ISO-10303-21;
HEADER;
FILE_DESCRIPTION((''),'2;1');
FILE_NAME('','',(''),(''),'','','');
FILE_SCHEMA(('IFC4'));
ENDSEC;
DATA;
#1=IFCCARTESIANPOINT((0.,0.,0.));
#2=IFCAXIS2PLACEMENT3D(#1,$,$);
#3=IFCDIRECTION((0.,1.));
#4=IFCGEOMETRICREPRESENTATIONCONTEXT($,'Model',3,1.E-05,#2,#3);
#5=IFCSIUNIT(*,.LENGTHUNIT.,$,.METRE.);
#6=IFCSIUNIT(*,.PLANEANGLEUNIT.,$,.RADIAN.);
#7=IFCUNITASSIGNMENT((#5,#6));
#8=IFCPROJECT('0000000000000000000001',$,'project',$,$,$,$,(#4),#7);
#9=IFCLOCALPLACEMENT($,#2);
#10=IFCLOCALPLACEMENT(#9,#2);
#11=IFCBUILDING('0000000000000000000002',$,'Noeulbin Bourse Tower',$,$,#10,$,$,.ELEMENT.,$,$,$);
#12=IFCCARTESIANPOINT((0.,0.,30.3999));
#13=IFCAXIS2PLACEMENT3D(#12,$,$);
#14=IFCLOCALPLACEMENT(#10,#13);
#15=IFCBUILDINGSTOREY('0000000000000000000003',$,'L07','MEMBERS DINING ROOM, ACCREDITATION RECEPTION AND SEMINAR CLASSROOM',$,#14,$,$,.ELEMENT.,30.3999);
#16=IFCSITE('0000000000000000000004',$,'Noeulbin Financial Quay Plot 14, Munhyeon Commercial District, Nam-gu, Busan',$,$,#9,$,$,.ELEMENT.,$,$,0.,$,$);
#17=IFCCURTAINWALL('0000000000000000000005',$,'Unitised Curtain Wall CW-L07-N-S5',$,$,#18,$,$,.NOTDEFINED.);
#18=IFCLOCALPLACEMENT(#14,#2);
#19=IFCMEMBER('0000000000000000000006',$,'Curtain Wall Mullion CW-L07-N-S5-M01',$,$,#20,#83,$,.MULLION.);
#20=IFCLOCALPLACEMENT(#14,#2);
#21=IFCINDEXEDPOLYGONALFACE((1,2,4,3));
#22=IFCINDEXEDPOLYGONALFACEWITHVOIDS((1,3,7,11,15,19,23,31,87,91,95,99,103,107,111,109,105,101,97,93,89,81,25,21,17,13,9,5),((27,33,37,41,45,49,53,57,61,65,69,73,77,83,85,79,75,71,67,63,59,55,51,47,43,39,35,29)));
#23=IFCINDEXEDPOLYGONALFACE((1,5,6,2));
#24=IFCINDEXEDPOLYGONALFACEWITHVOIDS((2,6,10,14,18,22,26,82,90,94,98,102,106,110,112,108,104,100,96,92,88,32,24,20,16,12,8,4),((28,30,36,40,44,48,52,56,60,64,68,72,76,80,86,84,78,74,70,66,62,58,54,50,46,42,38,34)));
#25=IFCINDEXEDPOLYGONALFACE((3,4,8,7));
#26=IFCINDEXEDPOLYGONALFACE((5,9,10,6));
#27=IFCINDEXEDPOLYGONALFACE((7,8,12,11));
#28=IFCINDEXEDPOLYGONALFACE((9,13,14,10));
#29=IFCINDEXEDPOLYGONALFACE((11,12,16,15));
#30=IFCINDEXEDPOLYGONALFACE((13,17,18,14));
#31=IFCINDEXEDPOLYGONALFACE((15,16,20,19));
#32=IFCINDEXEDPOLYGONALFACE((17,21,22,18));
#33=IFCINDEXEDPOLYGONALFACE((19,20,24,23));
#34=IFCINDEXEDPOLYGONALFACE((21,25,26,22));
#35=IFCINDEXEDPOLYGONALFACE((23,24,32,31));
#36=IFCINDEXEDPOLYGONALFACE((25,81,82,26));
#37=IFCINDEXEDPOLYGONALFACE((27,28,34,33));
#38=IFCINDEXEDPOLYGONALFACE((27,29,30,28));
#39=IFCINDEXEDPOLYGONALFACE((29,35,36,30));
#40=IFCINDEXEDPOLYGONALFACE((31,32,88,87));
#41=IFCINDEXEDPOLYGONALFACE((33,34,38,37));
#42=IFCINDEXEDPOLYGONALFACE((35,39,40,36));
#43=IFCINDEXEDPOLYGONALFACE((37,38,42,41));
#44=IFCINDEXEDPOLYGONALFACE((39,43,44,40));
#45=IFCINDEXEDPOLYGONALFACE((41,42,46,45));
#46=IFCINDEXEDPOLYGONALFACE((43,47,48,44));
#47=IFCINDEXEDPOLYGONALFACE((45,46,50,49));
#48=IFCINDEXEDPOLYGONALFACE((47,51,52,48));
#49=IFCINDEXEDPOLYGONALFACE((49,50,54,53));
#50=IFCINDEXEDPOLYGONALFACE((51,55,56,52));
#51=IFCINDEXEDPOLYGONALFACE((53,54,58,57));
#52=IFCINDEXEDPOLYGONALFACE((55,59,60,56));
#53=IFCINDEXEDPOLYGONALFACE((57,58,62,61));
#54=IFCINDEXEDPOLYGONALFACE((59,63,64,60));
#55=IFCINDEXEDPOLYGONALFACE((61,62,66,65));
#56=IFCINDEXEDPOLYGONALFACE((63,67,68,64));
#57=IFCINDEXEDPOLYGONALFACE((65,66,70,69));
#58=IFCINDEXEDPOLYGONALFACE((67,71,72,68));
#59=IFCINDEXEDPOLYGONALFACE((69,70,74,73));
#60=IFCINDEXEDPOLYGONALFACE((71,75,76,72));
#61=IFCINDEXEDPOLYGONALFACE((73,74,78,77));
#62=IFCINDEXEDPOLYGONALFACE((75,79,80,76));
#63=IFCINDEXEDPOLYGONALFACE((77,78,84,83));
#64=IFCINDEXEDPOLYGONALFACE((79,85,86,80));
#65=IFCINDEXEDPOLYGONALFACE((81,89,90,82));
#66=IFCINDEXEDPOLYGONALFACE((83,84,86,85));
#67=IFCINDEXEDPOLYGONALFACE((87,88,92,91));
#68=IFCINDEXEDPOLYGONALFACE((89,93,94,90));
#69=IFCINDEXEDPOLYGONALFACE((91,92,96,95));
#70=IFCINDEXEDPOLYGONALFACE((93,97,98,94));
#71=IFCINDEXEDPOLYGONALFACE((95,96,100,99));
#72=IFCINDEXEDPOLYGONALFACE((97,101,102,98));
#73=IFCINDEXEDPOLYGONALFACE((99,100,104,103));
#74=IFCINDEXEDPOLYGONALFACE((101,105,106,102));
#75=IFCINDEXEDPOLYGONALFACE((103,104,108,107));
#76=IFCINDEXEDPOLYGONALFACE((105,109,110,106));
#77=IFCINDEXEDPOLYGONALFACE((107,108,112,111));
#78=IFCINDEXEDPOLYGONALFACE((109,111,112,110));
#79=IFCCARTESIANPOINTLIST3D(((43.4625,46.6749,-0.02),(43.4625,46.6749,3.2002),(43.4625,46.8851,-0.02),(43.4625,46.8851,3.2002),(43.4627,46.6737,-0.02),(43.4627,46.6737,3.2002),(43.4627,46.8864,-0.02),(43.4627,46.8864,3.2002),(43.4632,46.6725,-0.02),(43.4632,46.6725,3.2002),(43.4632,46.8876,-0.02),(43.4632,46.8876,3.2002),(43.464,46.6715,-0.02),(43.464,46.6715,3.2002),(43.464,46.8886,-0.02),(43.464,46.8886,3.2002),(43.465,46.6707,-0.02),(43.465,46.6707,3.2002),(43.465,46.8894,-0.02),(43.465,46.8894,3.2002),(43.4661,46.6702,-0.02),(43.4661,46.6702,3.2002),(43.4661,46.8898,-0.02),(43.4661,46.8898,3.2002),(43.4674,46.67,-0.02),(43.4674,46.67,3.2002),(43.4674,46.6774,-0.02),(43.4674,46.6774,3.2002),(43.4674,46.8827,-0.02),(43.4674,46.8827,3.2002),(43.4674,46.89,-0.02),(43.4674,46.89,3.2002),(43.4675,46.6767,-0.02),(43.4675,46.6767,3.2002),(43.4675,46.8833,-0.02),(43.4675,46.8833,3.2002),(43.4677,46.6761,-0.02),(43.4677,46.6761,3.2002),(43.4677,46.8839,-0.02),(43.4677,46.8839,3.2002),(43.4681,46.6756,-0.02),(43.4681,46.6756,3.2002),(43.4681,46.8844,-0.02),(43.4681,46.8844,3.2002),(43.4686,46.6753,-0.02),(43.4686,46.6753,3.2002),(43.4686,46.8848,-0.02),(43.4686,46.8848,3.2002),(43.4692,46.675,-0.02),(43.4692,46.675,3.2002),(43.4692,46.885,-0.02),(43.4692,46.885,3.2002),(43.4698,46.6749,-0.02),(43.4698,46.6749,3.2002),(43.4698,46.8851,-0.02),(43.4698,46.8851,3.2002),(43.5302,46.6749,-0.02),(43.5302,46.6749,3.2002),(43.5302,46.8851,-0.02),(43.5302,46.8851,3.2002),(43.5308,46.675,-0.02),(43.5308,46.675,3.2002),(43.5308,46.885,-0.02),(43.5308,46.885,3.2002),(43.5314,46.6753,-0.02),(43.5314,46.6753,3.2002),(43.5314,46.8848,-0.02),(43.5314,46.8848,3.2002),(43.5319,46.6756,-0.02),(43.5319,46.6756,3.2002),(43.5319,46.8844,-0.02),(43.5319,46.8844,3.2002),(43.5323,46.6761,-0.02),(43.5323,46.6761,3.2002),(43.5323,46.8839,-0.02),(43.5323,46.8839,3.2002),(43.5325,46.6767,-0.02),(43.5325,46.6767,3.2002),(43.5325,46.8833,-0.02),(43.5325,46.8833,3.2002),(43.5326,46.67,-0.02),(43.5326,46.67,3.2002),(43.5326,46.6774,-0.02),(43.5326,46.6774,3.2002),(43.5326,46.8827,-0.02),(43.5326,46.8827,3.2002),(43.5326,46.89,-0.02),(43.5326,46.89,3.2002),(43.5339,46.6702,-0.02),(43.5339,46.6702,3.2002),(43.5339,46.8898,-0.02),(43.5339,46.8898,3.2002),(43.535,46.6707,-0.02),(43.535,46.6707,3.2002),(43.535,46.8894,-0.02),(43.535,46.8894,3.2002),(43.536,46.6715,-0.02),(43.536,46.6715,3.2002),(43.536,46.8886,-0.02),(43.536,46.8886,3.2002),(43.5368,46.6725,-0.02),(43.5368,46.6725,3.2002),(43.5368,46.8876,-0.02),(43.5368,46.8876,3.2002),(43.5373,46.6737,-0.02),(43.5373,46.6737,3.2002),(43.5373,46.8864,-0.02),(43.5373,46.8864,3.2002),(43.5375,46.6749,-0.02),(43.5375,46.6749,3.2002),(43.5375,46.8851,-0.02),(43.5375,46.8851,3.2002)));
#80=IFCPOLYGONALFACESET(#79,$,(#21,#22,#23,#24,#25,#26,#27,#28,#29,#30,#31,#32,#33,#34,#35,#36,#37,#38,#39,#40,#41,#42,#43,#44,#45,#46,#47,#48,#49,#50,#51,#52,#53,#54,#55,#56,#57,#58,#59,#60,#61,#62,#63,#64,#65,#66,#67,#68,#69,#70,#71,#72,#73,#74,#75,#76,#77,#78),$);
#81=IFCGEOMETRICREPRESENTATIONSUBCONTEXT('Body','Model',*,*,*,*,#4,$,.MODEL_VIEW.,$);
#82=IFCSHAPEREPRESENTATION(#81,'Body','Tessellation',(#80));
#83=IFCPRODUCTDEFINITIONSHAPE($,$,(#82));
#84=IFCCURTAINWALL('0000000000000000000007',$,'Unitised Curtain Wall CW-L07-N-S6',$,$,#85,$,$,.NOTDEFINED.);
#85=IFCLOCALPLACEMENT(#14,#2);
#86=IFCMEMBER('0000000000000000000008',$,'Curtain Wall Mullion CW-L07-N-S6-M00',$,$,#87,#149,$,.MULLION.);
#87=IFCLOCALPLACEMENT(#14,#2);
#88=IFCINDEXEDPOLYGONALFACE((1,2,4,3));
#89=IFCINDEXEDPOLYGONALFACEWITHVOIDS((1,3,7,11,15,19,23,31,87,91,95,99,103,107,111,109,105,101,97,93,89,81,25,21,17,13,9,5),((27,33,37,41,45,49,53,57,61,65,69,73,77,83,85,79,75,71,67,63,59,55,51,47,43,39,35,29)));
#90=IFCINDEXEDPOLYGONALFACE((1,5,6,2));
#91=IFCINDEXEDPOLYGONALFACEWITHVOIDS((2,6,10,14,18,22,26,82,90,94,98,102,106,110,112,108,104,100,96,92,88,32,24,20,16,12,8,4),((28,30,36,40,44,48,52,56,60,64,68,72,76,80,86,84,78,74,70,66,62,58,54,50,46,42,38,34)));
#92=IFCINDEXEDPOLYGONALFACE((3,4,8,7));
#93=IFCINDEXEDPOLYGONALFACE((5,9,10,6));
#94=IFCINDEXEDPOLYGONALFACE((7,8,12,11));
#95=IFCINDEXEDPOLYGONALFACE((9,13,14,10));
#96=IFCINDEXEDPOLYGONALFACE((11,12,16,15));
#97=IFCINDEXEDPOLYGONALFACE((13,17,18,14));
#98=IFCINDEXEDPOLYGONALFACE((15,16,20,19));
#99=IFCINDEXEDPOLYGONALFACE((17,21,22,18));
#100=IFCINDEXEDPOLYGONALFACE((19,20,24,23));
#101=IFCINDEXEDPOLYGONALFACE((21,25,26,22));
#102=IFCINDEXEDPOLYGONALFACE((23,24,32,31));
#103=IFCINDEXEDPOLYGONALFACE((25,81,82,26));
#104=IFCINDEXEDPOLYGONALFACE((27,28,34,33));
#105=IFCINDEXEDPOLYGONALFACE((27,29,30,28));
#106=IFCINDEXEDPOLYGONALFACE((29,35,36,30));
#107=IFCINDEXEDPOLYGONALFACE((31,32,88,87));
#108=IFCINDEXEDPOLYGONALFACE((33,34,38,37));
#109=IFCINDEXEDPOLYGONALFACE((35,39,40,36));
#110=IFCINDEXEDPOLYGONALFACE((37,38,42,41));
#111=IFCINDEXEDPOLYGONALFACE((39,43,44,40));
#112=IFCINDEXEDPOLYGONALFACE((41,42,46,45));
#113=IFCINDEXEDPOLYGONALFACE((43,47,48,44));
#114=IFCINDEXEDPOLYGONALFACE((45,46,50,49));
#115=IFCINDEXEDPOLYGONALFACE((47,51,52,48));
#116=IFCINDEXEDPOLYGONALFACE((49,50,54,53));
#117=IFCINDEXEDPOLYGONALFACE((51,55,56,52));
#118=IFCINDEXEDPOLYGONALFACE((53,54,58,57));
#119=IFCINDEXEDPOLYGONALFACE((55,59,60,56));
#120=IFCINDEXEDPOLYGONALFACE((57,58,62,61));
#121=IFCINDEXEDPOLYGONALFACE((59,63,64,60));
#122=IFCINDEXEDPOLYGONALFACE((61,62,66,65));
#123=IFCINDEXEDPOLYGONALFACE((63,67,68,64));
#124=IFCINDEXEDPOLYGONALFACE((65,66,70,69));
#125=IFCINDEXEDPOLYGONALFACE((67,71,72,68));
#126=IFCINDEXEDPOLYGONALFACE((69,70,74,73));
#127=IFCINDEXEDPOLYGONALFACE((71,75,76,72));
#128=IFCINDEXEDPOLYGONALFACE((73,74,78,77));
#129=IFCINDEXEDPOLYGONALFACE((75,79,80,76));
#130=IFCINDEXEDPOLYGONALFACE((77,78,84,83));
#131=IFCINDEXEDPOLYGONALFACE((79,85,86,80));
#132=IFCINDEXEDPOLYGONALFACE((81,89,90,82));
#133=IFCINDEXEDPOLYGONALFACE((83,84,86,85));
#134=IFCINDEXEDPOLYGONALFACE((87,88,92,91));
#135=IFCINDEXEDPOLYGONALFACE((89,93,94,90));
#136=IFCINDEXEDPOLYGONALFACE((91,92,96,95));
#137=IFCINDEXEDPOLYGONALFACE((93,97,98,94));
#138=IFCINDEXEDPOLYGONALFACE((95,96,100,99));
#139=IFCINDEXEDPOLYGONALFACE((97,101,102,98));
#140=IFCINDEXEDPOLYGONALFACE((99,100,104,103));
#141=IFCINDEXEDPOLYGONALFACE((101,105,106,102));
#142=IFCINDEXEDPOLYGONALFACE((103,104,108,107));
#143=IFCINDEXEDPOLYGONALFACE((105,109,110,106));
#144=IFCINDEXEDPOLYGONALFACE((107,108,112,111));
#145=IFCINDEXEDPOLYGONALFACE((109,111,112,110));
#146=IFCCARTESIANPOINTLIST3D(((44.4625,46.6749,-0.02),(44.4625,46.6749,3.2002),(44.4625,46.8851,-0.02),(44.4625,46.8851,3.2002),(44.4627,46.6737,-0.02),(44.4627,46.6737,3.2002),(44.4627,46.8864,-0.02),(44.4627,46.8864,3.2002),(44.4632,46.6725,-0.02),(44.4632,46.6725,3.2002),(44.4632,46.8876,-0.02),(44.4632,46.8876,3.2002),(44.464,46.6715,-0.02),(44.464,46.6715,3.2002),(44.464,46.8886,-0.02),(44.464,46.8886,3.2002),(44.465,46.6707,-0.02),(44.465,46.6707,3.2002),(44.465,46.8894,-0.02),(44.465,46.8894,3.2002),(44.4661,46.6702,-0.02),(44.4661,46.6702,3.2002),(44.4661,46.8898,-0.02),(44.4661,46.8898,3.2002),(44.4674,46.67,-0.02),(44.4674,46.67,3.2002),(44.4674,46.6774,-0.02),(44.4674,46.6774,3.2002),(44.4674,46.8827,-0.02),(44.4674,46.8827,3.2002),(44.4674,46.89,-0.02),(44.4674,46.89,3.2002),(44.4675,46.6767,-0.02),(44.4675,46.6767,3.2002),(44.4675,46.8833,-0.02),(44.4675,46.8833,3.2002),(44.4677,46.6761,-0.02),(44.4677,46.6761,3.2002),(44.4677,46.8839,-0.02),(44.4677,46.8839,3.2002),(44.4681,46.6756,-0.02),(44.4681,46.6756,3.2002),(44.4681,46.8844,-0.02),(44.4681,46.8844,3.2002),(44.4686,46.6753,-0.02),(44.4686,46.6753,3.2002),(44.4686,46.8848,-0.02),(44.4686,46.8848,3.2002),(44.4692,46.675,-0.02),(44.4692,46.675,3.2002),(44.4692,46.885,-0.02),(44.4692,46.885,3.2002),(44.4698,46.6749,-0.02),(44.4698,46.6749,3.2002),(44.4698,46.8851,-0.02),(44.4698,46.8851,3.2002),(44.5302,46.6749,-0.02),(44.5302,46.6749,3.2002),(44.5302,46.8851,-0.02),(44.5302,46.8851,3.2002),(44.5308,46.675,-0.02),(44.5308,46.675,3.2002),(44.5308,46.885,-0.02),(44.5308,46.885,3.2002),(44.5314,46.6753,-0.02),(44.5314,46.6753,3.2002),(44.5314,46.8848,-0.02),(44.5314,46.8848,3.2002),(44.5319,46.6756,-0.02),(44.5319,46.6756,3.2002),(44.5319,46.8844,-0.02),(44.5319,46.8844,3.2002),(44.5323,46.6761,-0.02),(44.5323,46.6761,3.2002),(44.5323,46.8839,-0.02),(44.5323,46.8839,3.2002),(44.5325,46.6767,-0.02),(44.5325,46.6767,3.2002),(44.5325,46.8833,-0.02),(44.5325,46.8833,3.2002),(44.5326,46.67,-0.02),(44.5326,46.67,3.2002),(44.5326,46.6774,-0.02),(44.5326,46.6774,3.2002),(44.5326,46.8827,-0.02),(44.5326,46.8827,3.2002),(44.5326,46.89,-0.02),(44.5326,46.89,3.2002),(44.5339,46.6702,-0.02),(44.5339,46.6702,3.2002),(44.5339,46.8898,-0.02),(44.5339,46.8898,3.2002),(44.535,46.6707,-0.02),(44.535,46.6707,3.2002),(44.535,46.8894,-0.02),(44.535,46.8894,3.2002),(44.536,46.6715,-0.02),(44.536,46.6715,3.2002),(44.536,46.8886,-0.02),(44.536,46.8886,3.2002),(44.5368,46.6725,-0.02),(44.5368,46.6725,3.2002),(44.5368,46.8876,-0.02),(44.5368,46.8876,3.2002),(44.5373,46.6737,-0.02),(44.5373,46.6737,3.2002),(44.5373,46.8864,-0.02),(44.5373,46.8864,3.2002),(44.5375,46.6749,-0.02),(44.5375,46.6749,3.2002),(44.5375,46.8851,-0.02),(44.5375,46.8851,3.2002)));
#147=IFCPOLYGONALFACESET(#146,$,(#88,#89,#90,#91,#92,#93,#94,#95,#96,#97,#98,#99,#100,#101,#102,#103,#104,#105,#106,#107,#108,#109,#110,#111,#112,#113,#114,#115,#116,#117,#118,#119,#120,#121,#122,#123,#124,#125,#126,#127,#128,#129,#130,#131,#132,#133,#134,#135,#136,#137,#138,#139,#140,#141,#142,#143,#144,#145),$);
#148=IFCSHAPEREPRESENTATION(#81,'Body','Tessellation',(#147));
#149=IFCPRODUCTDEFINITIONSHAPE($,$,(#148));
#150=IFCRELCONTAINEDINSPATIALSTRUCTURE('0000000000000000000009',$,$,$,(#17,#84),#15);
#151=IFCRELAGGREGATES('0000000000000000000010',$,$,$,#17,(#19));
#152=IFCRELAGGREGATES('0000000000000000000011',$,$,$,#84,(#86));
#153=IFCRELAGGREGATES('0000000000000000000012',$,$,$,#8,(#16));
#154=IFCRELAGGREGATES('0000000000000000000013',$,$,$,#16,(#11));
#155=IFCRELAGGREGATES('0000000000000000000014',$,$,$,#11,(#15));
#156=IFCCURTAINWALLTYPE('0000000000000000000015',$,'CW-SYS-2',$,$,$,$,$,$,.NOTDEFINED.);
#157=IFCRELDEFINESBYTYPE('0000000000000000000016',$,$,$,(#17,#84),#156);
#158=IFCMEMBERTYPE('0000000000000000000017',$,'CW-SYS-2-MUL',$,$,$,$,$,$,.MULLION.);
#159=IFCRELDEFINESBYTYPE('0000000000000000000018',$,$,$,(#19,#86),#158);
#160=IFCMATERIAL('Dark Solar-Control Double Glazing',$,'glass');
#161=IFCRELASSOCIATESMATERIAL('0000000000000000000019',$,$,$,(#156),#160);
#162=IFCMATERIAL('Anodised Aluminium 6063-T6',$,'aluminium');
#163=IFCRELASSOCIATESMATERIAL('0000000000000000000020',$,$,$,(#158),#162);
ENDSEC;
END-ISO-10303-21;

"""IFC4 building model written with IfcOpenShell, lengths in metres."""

from ifc_helpers import new_model, si_unit, direction, frame, origin, origin_2d, place, context, subcontext, project, spatial, hollow_rectangle, extrude, material, material_profile, profile_set, type_object, element, aggregate, save


model = new_model("IFC4")

# Units and contexts
model_context = context("Model", 3, precision=1e-05, world=origin(), true_north=direction((0.0, 1.0)))
body_context = subcontext(model_context, "Body", "Model", "MODEL_VIEW")
ifc_project = project(units=[si_unit("LENGTHUNIT", "METRE"), si_unit("PLANEANGLEUNIT", "RADIAN")], contexts=[model_context])

# Site, building, storey
site_placement = place(None, origin())
site = spatial("IfcSite", under=ifc_project, at=site_placement, Name="Noeulbin Financial Quay Plot 14, Munhyeon Commercial District, Nam-gu, Busan", CompositionType="ELEMENT", RefElevation=0.0)
building_placement = place(site_placement, origin())
building = spatial("IfcBuilding", under=site, at=building_placement, Name="Noeulbin Bourse Tower", CompositionType="ELEMENT")
storey_placement = place(building_placement, frame((0.0, 0.0, 30.3999)))
storey = spatial("IfcBuildingStorey", under=building, at=storey_placement, Name="L07", Description="MEMBERS DINING ROOM, ACCREDITATION RECEPTION AND SEMINAR CLASSROOM", CompositionType="ELEMENT", Elevation=30.3999)

# Curtain wall, member
ifc_material_1 = material(Name="Dark Solar-Control Double Glazing", Category="glass")
curtain_wall_type = type_object("IfcCurtainWallType", Name="CW-SYS-2", PredefinedType="NOTDEFINED", material=ifc_material_1)
curtain_wall_1_placement = place(storey_placement, origin())
curtain_wall_1 = element("IfcCurtainWall", 1, at=curtain_wall_1_placement, inside=storey, type_object=curtain_wall_type, Name="Unitised Curtain Wall CW-L07-N-S5", PredefinedType="NOTDEFINED")
ifc_material_2 = material(Name="Anodised Aluminium 6063-T6", Category="aluminium")
ifc_material_profile_1 = material_profile(ifc_material_2, hollow_rectangle(XDim=0.075, YDim=0.22, WallThickness=0.0049, InnerFilletRadius=0.0024, OuterFilletRadius=0.0049, at=origin_2d()), Name="ALU-MULL-75x220x5", Category="LoadBearing")
ifc_profile_set_1 = profile_set([ifc_material_profile_1], Name="Anodised Aluminium 6063-T6")
member_type_1 = type_object("IfcMemberType", Name="CW-SYS-2-MUL", PredefinedType="MULLION", material=ifc_profile_set_1)
member_1_placement = place(storey_placement, frame((43.5, 46.78, -0.02), z_axis=(0.0, 0.0, 1.0), x_axis=(1.0, 0.0, 0.0)))
member_1 = element("IfcMember", 2, at=member_1_placement, type_object=member_type_1, Name="Curtain Wall Mullion CW-L07-N-S5-M01", PredefinedType="MULLION", context=body_context, shape_type="SweptSolid", body=[
    extrude(hollow_rectangle(XDim=0.075, YDim=0.22, WallThickness=0.0049, InnerFilletRadius=0.0024, OuterFilletRadius=0.0049, at=origin_2d()), origin(), (0.0, 0.0, 1.0), 3.2202),
])

# Curtain wall, member
curtain_wall_2_placement = place(storey_placement, origin())
curtain_wall_2 = element("IfcCurtainWall", 3, at=curtain_wall_2_placement, inside=storey, type_object=curtain_wall_type, Name="Unitised Curtain Wall CW-L07-N-S6", PredefinedType="NOTDEFINED")
member_2_placement = place(storey_placement, frame((44.5, 46.78, -0.02), z_axis=(0.0, 0.0, 1.0), x_axis=(1.0, 0.0, 0.0)))
member_2 = element("IfcMember", 4, at=member_2_placement, type_object=member_type_1, Name="Curtain Wall Mullion CW-L07-N-S6-M00", PredefinedType="MULLION", context=body_context, shape_type="SweptSolid", body=[
    extrude(hollow_rectangle(XDim=0.075, YDim=0.22, WallThickness=0.0049, InnerFilletRadius=0.0024, OuterFilletRadius=0.0049, at=origin_2d()), origin(), (0.0, 0.0, 1.0), 3.2202),
])

aggregate(curtain_wall_1, [member_1])
aggregate(curtain_wall_2, [member_2])

save(model, "model.ifc")
